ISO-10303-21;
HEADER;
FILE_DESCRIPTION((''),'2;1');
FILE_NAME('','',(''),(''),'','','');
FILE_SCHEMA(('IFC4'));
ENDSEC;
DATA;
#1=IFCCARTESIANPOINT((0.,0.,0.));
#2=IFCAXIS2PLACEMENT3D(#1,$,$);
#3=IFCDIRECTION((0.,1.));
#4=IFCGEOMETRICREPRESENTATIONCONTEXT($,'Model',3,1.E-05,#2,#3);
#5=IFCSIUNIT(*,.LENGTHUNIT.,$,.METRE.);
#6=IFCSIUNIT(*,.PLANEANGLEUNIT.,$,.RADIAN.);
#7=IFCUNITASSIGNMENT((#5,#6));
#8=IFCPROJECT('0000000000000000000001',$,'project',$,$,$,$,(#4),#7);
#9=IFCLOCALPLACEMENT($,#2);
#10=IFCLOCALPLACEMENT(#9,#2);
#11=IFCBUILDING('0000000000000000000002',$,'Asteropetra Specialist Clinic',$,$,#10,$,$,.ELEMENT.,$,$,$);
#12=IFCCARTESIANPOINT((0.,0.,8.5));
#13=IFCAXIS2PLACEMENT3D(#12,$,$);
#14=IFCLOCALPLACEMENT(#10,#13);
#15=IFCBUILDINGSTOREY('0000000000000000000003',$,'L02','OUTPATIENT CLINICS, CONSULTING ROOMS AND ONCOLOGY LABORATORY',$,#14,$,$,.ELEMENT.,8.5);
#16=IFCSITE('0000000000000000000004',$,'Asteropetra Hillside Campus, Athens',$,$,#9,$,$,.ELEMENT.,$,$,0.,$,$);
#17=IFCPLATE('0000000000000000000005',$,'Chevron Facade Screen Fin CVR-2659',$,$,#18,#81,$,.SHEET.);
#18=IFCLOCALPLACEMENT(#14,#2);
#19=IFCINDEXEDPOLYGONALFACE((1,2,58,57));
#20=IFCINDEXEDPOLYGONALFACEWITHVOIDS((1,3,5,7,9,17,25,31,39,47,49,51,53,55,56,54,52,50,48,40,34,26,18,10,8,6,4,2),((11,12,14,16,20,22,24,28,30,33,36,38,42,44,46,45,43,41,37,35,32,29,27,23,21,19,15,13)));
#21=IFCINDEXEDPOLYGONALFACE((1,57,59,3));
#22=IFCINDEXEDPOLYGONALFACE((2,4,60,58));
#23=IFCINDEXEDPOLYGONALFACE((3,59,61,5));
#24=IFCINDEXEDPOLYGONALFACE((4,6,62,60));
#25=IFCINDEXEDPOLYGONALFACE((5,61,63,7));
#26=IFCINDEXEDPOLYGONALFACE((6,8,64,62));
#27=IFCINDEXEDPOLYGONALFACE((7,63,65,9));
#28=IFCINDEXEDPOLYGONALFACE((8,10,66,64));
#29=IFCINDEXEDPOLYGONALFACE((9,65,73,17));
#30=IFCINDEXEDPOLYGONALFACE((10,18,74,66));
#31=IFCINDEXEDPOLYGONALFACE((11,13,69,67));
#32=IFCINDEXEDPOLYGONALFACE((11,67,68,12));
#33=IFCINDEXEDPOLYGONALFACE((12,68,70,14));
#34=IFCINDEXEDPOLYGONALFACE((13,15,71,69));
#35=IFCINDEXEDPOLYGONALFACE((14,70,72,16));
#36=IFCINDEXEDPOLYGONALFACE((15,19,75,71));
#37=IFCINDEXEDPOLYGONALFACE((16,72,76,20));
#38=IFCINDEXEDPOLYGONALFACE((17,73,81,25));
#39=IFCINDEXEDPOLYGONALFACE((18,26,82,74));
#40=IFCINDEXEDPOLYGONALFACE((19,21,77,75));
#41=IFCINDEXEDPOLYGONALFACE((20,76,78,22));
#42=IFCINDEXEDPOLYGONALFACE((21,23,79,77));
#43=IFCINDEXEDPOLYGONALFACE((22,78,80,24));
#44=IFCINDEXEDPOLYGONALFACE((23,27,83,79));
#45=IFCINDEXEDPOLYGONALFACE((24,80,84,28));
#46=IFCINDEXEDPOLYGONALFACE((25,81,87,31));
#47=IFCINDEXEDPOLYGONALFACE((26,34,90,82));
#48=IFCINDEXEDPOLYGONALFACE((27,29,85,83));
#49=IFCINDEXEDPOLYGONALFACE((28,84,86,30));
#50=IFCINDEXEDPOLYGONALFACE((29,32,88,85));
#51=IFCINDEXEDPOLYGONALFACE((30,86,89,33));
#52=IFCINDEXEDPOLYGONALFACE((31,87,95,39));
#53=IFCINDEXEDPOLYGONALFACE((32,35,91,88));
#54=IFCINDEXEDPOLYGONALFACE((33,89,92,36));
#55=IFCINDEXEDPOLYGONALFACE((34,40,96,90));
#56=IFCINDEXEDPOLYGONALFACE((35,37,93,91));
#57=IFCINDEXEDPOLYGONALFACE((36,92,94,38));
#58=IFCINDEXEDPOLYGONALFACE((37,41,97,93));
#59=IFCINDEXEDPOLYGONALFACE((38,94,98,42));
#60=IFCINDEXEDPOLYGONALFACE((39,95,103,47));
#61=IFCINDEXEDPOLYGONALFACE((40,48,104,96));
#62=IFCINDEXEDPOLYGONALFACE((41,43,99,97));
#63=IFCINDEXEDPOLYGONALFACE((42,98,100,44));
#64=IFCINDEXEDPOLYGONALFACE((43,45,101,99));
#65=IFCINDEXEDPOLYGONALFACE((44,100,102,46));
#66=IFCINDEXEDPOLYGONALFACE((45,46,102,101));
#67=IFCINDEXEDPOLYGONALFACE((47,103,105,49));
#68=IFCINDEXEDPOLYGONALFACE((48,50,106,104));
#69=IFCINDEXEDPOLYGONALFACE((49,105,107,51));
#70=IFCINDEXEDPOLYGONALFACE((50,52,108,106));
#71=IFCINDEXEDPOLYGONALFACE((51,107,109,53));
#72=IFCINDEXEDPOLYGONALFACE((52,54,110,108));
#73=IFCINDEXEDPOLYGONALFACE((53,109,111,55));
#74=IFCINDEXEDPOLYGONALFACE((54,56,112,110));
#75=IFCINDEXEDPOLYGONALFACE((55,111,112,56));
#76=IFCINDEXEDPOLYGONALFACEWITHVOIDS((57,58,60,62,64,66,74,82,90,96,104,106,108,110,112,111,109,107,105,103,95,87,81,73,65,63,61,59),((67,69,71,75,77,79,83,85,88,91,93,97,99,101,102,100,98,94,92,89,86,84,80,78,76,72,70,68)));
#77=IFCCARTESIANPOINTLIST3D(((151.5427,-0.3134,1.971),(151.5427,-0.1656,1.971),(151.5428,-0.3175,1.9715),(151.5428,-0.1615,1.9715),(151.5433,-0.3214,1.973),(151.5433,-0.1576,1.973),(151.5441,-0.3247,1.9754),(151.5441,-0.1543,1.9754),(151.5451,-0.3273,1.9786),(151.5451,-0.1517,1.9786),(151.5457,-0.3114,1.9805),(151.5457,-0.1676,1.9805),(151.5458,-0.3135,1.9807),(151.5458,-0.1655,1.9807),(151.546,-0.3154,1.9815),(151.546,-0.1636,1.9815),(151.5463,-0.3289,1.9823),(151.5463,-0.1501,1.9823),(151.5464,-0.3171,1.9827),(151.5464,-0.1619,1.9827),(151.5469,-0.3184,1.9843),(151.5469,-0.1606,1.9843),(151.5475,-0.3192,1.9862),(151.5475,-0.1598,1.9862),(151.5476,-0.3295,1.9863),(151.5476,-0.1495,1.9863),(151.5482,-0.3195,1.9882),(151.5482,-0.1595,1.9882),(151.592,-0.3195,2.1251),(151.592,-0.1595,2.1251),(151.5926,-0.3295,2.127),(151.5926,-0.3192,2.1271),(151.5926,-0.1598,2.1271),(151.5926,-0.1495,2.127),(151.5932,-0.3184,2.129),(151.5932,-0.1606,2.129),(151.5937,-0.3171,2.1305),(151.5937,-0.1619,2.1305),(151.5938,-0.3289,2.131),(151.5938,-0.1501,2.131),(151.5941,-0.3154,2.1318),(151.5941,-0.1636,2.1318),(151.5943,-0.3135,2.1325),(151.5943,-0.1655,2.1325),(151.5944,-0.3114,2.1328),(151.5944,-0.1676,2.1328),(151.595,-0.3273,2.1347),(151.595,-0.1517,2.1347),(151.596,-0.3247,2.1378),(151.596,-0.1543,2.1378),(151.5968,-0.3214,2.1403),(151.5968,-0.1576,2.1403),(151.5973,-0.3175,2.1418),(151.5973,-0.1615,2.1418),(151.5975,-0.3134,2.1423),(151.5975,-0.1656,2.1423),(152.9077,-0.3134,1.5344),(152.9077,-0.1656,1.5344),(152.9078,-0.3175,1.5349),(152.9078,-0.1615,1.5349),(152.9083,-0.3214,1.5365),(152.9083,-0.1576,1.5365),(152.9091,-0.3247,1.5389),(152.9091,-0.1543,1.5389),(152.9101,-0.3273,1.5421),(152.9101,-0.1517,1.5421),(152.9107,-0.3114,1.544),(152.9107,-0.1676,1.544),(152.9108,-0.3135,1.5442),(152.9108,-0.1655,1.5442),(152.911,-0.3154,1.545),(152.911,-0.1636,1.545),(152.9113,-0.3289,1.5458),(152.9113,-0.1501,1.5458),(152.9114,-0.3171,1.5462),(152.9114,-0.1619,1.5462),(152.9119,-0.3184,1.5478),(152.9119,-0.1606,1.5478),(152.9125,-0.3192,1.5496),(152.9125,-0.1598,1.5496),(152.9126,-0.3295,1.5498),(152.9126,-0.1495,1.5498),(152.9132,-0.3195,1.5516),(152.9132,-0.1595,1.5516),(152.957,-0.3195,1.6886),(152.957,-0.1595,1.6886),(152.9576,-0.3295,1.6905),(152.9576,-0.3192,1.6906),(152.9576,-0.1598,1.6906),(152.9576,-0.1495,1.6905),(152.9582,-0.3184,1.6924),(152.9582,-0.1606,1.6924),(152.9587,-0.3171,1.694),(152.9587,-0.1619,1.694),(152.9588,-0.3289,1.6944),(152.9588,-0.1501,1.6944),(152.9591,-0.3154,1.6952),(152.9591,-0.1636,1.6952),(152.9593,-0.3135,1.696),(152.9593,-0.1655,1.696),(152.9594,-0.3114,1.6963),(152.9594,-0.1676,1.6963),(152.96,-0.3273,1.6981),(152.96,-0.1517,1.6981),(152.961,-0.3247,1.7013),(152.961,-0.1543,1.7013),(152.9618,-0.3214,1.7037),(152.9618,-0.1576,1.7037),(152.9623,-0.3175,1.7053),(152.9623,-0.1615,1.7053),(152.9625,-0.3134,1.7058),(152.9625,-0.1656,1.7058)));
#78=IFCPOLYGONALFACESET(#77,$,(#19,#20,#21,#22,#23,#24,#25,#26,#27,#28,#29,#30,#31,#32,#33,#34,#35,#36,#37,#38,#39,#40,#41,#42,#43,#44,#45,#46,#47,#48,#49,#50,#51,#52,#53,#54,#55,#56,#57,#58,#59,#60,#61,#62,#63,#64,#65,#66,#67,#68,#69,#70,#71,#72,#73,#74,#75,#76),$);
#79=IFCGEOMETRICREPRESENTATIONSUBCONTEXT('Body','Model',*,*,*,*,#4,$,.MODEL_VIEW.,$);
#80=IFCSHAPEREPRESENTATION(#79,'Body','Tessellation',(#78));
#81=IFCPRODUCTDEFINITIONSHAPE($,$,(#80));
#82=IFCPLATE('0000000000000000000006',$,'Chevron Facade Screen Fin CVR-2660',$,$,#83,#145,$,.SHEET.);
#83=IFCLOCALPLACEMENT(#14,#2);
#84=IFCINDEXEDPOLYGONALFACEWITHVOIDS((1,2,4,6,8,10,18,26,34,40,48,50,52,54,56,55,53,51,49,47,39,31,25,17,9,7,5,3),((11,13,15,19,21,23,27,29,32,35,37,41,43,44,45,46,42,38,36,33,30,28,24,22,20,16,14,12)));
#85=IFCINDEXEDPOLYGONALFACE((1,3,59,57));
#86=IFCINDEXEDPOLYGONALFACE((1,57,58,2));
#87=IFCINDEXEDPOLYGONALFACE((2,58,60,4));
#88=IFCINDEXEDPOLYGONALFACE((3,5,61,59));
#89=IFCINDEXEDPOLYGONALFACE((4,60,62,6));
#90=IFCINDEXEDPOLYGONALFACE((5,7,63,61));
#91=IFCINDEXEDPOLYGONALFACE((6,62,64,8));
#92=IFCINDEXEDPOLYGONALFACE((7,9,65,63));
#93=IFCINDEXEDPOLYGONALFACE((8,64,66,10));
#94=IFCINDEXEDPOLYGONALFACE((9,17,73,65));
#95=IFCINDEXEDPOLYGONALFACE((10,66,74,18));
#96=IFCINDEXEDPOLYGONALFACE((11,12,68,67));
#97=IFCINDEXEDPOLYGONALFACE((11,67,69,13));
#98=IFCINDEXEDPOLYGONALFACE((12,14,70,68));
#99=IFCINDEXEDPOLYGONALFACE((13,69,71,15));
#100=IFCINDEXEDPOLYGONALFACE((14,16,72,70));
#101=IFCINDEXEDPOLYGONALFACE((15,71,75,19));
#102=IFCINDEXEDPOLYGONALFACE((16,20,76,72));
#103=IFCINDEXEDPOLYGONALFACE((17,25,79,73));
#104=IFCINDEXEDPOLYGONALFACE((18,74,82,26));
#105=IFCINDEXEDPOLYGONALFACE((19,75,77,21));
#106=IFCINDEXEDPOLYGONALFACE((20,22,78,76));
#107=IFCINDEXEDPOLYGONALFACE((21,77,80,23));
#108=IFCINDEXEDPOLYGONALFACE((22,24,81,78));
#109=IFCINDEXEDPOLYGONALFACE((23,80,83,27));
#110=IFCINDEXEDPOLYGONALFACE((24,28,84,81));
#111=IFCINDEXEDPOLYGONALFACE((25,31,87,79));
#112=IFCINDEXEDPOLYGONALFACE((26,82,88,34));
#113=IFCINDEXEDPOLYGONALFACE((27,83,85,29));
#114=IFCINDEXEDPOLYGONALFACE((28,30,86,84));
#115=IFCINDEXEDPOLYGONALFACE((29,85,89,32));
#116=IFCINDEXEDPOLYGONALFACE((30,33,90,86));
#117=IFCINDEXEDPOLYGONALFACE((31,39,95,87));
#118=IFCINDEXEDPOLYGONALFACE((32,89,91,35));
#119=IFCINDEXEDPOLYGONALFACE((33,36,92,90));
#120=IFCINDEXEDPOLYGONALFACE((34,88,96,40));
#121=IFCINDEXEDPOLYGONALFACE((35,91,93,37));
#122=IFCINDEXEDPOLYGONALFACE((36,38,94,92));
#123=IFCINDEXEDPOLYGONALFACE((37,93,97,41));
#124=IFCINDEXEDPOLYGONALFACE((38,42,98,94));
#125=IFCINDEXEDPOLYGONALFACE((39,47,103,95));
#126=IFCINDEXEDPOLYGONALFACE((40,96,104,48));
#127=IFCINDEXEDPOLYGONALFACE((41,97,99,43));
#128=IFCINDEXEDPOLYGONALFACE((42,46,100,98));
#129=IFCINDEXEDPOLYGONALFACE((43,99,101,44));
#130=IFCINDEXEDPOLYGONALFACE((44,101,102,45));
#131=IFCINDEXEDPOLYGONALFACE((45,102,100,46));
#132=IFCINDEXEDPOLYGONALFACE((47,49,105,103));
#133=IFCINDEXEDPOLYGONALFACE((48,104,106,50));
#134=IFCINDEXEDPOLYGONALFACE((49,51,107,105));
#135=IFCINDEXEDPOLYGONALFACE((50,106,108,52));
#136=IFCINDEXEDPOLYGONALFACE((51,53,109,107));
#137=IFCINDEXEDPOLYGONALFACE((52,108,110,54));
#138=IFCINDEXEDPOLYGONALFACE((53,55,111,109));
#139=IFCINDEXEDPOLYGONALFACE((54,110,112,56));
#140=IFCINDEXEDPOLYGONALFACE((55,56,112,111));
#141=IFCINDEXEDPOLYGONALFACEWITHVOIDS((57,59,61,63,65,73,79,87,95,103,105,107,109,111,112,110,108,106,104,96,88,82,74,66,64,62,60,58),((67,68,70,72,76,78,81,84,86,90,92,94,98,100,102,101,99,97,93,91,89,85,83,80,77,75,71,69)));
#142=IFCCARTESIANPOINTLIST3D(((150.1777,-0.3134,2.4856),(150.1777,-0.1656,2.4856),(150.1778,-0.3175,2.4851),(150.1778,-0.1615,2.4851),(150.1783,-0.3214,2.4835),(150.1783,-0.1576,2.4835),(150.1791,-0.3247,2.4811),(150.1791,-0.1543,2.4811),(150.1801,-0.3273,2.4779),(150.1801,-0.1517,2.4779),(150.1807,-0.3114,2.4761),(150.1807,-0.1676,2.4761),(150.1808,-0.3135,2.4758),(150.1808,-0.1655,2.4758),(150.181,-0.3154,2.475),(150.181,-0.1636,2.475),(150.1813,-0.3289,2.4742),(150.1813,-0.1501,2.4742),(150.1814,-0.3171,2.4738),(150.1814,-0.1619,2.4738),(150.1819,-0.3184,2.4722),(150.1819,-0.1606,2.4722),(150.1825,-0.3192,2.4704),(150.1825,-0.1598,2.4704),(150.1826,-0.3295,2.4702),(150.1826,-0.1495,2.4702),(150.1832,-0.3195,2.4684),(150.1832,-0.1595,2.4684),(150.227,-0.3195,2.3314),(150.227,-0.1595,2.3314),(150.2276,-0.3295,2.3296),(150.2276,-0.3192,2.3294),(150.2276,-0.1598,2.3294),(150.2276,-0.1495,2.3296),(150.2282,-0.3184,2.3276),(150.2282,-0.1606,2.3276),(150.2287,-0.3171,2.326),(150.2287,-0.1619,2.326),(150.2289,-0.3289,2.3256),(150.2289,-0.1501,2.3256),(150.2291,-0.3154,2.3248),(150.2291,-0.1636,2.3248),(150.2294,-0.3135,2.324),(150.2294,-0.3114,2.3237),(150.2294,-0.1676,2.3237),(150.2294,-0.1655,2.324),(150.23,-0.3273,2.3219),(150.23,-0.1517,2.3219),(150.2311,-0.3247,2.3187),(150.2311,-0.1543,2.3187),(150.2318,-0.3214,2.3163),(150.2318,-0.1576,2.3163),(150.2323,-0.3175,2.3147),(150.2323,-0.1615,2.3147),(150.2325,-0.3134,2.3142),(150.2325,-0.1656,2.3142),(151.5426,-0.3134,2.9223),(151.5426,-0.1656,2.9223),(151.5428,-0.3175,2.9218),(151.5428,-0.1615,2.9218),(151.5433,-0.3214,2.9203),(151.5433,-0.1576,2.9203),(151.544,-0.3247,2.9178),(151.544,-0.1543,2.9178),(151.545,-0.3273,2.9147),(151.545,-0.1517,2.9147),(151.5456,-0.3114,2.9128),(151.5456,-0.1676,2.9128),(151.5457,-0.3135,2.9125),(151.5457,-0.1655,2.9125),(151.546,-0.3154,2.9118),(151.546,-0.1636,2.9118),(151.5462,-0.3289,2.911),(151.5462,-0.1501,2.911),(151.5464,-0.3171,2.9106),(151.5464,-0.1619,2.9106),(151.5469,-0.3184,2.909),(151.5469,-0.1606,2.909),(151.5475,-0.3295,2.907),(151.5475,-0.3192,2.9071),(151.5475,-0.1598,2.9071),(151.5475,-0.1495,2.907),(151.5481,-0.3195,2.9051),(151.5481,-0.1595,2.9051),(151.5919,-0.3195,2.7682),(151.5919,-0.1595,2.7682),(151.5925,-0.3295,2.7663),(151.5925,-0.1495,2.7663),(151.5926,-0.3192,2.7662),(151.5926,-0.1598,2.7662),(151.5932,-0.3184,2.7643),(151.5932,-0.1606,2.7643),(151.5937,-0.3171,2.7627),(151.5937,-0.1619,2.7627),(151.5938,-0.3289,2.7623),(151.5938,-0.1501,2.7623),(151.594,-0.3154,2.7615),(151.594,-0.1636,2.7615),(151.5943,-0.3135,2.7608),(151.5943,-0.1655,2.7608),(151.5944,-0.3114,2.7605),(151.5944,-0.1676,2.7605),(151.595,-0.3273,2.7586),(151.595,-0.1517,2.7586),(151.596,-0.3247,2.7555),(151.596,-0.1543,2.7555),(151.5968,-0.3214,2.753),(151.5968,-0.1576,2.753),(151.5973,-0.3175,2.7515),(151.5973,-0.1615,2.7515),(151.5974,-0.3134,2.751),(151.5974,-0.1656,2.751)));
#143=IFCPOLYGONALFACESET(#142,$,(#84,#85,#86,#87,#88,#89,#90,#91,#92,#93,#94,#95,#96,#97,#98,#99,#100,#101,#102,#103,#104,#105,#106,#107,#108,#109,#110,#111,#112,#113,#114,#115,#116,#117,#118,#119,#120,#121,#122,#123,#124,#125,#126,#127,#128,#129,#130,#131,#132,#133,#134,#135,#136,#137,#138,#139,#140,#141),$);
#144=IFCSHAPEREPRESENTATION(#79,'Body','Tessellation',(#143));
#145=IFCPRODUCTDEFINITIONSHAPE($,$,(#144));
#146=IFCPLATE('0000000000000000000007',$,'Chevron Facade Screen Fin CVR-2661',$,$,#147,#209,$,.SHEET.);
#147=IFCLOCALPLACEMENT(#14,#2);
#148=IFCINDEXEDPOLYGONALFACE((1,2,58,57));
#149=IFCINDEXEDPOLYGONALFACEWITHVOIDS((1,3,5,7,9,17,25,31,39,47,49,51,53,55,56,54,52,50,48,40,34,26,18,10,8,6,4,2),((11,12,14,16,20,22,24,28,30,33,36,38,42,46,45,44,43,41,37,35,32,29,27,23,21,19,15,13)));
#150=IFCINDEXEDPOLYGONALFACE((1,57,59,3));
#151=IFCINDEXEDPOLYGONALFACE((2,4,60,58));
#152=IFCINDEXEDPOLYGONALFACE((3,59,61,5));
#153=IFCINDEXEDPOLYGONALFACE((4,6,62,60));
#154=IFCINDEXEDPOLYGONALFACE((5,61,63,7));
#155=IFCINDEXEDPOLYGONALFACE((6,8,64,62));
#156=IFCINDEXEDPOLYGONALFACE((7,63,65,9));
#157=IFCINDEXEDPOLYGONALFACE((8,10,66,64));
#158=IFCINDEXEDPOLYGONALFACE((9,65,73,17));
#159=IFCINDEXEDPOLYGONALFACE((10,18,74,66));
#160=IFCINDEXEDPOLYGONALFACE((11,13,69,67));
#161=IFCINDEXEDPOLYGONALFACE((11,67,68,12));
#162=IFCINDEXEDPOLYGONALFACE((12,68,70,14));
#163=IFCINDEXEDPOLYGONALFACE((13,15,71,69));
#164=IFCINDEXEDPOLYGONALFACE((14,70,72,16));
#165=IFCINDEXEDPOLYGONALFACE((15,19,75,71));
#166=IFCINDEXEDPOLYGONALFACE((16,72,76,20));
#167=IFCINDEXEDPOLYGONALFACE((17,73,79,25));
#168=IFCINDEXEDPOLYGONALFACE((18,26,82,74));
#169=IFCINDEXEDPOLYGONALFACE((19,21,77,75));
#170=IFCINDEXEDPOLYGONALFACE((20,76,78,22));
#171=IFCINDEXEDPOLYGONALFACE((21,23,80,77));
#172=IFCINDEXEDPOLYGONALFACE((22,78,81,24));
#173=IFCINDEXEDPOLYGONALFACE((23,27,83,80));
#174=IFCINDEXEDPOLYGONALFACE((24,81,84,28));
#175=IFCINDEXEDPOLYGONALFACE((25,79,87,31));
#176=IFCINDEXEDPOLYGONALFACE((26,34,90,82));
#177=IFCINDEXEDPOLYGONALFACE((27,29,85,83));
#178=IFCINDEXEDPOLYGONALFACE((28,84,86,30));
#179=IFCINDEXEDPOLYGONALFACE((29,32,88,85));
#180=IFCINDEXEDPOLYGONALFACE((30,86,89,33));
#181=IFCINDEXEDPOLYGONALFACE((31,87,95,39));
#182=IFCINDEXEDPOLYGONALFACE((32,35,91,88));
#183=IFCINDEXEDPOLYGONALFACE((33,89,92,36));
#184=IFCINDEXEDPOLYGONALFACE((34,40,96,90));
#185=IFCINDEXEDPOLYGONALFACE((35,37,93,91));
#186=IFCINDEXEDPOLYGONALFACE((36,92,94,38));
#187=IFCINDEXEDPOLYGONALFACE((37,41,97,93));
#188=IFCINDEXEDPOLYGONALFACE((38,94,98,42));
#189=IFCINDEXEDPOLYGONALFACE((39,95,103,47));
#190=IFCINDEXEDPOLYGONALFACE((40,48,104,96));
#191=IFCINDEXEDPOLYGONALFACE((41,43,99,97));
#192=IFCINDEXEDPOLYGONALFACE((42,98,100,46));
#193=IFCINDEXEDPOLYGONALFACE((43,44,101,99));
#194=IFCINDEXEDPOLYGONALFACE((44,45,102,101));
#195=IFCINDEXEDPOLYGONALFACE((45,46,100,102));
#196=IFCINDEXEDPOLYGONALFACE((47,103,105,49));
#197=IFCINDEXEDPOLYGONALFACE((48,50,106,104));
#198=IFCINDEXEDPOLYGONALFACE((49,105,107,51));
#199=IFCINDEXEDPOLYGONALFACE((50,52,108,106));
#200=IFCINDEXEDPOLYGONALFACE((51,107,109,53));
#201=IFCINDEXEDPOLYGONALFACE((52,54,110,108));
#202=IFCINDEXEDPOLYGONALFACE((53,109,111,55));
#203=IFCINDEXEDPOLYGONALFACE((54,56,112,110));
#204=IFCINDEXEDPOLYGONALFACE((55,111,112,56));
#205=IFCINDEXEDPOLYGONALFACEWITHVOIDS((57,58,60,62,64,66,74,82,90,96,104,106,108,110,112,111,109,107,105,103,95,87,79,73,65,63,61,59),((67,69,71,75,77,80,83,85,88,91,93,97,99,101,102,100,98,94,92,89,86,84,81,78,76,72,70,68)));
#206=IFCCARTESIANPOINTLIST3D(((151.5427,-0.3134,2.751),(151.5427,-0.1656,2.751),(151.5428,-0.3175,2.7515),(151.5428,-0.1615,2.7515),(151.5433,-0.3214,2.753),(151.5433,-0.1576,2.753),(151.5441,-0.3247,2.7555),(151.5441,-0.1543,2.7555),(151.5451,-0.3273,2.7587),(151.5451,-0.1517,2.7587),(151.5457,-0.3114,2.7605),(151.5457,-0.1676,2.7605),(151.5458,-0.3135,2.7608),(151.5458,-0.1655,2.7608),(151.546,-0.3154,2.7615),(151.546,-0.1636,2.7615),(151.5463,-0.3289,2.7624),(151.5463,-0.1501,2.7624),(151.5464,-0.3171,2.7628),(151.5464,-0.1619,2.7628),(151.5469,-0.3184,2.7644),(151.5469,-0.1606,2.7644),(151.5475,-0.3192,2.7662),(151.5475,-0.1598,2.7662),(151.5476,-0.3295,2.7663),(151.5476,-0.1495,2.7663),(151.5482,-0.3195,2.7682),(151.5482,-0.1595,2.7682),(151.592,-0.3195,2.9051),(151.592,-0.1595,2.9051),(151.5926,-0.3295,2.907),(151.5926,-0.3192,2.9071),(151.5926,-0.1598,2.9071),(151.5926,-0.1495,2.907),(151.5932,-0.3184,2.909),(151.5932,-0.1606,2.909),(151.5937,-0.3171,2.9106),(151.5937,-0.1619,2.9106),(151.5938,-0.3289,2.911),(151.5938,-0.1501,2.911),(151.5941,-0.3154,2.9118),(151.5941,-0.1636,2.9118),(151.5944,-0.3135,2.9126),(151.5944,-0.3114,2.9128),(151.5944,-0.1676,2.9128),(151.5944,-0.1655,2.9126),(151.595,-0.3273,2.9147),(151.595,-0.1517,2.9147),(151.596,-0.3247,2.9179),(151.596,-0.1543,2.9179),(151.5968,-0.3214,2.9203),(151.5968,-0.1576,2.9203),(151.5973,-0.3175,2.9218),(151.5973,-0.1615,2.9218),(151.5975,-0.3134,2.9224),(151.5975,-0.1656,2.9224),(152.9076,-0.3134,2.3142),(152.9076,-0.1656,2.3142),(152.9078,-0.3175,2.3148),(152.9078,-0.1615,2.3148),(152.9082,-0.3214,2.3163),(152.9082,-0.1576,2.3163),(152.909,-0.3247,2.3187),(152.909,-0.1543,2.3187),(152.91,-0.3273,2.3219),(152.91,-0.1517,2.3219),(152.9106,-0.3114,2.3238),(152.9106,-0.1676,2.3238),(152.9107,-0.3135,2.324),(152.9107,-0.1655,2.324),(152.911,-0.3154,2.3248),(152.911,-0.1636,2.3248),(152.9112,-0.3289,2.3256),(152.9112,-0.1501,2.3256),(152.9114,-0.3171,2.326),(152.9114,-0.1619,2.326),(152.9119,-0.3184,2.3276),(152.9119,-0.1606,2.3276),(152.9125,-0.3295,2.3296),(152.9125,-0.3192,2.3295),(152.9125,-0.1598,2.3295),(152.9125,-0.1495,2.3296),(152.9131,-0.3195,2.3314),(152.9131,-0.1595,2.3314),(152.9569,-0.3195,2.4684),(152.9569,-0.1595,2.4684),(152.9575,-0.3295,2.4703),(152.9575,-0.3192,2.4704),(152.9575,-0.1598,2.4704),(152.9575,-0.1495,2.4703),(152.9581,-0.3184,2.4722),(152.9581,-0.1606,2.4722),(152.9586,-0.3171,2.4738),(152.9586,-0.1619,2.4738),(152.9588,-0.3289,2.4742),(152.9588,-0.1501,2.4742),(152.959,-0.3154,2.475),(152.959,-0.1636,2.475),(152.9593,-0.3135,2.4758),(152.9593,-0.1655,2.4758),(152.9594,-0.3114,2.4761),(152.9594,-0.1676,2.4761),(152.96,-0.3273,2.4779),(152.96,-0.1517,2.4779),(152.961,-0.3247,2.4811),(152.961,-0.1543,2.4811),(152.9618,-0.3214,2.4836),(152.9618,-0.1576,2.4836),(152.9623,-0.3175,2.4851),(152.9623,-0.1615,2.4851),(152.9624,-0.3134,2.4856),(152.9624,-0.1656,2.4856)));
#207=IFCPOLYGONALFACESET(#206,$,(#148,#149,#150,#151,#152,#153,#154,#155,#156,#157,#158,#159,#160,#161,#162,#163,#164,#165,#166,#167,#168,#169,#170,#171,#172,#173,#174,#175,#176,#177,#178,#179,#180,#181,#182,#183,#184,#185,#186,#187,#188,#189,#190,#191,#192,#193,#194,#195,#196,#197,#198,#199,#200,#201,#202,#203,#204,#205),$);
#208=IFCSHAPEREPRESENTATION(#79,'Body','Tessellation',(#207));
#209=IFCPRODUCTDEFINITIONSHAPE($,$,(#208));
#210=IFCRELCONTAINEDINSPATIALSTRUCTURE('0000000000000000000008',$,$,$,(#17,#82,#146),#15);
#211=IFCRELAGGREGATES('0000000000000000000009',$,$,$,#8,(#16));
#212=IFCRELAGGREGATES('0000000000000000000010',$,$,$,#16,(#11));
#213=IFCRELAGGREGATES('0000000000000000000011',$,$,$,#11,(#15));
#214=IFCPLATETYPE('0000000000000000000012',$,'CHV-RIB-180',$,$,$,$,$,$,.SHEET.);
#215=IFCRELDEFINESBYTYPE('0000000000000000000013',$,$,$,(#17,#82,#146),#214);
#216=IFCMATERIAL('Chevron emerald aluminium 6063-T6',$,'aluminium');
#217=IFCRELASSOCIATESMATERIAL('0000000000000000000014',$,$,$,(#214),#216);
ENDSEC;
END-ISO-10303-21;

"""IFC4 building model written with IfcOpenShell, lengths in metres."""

from ifc_helpers import new_model, si_unit, direction, frame, origin, origin_2d, place, context, subcontext, project, spatial, hollow_rectangle, extrude, material, material_profile, profile_set, type_object, element, save


model = new_model("IFC4")

# Units and contexts
model_context = context("Model", 3, precision=1e-05, world=origin(), true_north=direction((0.0, 1.0)))
body_context = subcontext(model_context, "Body", "Model", "MODEL_VIEW")
ifc_project = project(units=[si_unit("LENGTHUNIT", "METRE"), si_unit("PLANEANGLEUNIT", "RADIAN")], contexts=[model_context])

# Site, building, storey
site_placement = place(None, origin())
site = spatial("IfcSite", under=ifc_project, at=site_placement, Name="Asteropetra Hillside Campus, Athens", CompositionType="ELEMENT", RefElevation=0.0)
building_placement = place(site_placement, origin())
building = spatial("IfcBuilding", under=site, at=building_placement, Name="Asteropetra Specialist Clinic", CompositionType="ELEMENT")
storey_placement = place(building_placement, frame((0.0, 0.0, 8.5)))
storey = spatial("IfcBuildingStorey", under=building, at=storey_placement, Name="L02", Description="OUTPATIENT CLINICS, CONSULTING ROOMS AND ONCOLOGY LABORATORY", CompositionType="ELEMENT", Elevation=8.5)

# Plates
ifc_material_1 = material(Name="Chevron emerald aluminium 6063-T6", Category="aluminium")
ifc_material_profile_1 = material_profile(ifc_material_1, hollow_rectangle(XDim=0.1799, YDim=0.1799, WallThickness=0.01, InnerFilletRadius=0.0081, OuterFilletRadius=0.0161, at=origin_2d()), Name="SHS 180x180x10.0")
ifc_profile_set_1 = profile_set([ifc_material_profile_1], Name="Chevron emerald aluminium 6063-T6")
plate_type = type_object("IfcPlateType", Name="CHV-RIB-180", PredefinedType="SHEET", material=ifc_profile_set_1)
for number, where, z_axis, x_axis, name in (
    (1, (151.5701, -0.2395, 2.0566), (0.95248, 0.0, -0.304603), (0.0, 1.0, 0.0), "Chevron Facade Screen Fin CVR-2659"),
    (2, (150.2051, -0.2395, 2.3999), (0.95243, 0.0, 0.304757), (0.0, 1.0, 0.0), "Chevron Facade Screen Fin CVR-2660"),
    (3, (151.5701, -0.2395, 2.8367), (0.95243, 0.0, -0.304757), (0.0, 1.0, 0.0), "Chevron Facade Screen Fin CVR-2661"),
):
    element("IfcPlate", number, at=place(storey_placement, frame(where, z_axis=z_axis, x_axis=x_axis)), inside=storey, type_object=plate_type, Name=name, PredefinedType="SHEET", context=body_context, shape_type="SweptSolid", body=[
        extrude(hollow_rectangle(XDim=0.1799, YDim=0.1799, WallThickness=0.01, InnerFilletRadius=0.0081, OuterFilletRadius=0.0161, at=origin_2d()), origin(), (0.0, 0.0, 1.0), 1.4331),
    ])

save(model, "model.ifc")
